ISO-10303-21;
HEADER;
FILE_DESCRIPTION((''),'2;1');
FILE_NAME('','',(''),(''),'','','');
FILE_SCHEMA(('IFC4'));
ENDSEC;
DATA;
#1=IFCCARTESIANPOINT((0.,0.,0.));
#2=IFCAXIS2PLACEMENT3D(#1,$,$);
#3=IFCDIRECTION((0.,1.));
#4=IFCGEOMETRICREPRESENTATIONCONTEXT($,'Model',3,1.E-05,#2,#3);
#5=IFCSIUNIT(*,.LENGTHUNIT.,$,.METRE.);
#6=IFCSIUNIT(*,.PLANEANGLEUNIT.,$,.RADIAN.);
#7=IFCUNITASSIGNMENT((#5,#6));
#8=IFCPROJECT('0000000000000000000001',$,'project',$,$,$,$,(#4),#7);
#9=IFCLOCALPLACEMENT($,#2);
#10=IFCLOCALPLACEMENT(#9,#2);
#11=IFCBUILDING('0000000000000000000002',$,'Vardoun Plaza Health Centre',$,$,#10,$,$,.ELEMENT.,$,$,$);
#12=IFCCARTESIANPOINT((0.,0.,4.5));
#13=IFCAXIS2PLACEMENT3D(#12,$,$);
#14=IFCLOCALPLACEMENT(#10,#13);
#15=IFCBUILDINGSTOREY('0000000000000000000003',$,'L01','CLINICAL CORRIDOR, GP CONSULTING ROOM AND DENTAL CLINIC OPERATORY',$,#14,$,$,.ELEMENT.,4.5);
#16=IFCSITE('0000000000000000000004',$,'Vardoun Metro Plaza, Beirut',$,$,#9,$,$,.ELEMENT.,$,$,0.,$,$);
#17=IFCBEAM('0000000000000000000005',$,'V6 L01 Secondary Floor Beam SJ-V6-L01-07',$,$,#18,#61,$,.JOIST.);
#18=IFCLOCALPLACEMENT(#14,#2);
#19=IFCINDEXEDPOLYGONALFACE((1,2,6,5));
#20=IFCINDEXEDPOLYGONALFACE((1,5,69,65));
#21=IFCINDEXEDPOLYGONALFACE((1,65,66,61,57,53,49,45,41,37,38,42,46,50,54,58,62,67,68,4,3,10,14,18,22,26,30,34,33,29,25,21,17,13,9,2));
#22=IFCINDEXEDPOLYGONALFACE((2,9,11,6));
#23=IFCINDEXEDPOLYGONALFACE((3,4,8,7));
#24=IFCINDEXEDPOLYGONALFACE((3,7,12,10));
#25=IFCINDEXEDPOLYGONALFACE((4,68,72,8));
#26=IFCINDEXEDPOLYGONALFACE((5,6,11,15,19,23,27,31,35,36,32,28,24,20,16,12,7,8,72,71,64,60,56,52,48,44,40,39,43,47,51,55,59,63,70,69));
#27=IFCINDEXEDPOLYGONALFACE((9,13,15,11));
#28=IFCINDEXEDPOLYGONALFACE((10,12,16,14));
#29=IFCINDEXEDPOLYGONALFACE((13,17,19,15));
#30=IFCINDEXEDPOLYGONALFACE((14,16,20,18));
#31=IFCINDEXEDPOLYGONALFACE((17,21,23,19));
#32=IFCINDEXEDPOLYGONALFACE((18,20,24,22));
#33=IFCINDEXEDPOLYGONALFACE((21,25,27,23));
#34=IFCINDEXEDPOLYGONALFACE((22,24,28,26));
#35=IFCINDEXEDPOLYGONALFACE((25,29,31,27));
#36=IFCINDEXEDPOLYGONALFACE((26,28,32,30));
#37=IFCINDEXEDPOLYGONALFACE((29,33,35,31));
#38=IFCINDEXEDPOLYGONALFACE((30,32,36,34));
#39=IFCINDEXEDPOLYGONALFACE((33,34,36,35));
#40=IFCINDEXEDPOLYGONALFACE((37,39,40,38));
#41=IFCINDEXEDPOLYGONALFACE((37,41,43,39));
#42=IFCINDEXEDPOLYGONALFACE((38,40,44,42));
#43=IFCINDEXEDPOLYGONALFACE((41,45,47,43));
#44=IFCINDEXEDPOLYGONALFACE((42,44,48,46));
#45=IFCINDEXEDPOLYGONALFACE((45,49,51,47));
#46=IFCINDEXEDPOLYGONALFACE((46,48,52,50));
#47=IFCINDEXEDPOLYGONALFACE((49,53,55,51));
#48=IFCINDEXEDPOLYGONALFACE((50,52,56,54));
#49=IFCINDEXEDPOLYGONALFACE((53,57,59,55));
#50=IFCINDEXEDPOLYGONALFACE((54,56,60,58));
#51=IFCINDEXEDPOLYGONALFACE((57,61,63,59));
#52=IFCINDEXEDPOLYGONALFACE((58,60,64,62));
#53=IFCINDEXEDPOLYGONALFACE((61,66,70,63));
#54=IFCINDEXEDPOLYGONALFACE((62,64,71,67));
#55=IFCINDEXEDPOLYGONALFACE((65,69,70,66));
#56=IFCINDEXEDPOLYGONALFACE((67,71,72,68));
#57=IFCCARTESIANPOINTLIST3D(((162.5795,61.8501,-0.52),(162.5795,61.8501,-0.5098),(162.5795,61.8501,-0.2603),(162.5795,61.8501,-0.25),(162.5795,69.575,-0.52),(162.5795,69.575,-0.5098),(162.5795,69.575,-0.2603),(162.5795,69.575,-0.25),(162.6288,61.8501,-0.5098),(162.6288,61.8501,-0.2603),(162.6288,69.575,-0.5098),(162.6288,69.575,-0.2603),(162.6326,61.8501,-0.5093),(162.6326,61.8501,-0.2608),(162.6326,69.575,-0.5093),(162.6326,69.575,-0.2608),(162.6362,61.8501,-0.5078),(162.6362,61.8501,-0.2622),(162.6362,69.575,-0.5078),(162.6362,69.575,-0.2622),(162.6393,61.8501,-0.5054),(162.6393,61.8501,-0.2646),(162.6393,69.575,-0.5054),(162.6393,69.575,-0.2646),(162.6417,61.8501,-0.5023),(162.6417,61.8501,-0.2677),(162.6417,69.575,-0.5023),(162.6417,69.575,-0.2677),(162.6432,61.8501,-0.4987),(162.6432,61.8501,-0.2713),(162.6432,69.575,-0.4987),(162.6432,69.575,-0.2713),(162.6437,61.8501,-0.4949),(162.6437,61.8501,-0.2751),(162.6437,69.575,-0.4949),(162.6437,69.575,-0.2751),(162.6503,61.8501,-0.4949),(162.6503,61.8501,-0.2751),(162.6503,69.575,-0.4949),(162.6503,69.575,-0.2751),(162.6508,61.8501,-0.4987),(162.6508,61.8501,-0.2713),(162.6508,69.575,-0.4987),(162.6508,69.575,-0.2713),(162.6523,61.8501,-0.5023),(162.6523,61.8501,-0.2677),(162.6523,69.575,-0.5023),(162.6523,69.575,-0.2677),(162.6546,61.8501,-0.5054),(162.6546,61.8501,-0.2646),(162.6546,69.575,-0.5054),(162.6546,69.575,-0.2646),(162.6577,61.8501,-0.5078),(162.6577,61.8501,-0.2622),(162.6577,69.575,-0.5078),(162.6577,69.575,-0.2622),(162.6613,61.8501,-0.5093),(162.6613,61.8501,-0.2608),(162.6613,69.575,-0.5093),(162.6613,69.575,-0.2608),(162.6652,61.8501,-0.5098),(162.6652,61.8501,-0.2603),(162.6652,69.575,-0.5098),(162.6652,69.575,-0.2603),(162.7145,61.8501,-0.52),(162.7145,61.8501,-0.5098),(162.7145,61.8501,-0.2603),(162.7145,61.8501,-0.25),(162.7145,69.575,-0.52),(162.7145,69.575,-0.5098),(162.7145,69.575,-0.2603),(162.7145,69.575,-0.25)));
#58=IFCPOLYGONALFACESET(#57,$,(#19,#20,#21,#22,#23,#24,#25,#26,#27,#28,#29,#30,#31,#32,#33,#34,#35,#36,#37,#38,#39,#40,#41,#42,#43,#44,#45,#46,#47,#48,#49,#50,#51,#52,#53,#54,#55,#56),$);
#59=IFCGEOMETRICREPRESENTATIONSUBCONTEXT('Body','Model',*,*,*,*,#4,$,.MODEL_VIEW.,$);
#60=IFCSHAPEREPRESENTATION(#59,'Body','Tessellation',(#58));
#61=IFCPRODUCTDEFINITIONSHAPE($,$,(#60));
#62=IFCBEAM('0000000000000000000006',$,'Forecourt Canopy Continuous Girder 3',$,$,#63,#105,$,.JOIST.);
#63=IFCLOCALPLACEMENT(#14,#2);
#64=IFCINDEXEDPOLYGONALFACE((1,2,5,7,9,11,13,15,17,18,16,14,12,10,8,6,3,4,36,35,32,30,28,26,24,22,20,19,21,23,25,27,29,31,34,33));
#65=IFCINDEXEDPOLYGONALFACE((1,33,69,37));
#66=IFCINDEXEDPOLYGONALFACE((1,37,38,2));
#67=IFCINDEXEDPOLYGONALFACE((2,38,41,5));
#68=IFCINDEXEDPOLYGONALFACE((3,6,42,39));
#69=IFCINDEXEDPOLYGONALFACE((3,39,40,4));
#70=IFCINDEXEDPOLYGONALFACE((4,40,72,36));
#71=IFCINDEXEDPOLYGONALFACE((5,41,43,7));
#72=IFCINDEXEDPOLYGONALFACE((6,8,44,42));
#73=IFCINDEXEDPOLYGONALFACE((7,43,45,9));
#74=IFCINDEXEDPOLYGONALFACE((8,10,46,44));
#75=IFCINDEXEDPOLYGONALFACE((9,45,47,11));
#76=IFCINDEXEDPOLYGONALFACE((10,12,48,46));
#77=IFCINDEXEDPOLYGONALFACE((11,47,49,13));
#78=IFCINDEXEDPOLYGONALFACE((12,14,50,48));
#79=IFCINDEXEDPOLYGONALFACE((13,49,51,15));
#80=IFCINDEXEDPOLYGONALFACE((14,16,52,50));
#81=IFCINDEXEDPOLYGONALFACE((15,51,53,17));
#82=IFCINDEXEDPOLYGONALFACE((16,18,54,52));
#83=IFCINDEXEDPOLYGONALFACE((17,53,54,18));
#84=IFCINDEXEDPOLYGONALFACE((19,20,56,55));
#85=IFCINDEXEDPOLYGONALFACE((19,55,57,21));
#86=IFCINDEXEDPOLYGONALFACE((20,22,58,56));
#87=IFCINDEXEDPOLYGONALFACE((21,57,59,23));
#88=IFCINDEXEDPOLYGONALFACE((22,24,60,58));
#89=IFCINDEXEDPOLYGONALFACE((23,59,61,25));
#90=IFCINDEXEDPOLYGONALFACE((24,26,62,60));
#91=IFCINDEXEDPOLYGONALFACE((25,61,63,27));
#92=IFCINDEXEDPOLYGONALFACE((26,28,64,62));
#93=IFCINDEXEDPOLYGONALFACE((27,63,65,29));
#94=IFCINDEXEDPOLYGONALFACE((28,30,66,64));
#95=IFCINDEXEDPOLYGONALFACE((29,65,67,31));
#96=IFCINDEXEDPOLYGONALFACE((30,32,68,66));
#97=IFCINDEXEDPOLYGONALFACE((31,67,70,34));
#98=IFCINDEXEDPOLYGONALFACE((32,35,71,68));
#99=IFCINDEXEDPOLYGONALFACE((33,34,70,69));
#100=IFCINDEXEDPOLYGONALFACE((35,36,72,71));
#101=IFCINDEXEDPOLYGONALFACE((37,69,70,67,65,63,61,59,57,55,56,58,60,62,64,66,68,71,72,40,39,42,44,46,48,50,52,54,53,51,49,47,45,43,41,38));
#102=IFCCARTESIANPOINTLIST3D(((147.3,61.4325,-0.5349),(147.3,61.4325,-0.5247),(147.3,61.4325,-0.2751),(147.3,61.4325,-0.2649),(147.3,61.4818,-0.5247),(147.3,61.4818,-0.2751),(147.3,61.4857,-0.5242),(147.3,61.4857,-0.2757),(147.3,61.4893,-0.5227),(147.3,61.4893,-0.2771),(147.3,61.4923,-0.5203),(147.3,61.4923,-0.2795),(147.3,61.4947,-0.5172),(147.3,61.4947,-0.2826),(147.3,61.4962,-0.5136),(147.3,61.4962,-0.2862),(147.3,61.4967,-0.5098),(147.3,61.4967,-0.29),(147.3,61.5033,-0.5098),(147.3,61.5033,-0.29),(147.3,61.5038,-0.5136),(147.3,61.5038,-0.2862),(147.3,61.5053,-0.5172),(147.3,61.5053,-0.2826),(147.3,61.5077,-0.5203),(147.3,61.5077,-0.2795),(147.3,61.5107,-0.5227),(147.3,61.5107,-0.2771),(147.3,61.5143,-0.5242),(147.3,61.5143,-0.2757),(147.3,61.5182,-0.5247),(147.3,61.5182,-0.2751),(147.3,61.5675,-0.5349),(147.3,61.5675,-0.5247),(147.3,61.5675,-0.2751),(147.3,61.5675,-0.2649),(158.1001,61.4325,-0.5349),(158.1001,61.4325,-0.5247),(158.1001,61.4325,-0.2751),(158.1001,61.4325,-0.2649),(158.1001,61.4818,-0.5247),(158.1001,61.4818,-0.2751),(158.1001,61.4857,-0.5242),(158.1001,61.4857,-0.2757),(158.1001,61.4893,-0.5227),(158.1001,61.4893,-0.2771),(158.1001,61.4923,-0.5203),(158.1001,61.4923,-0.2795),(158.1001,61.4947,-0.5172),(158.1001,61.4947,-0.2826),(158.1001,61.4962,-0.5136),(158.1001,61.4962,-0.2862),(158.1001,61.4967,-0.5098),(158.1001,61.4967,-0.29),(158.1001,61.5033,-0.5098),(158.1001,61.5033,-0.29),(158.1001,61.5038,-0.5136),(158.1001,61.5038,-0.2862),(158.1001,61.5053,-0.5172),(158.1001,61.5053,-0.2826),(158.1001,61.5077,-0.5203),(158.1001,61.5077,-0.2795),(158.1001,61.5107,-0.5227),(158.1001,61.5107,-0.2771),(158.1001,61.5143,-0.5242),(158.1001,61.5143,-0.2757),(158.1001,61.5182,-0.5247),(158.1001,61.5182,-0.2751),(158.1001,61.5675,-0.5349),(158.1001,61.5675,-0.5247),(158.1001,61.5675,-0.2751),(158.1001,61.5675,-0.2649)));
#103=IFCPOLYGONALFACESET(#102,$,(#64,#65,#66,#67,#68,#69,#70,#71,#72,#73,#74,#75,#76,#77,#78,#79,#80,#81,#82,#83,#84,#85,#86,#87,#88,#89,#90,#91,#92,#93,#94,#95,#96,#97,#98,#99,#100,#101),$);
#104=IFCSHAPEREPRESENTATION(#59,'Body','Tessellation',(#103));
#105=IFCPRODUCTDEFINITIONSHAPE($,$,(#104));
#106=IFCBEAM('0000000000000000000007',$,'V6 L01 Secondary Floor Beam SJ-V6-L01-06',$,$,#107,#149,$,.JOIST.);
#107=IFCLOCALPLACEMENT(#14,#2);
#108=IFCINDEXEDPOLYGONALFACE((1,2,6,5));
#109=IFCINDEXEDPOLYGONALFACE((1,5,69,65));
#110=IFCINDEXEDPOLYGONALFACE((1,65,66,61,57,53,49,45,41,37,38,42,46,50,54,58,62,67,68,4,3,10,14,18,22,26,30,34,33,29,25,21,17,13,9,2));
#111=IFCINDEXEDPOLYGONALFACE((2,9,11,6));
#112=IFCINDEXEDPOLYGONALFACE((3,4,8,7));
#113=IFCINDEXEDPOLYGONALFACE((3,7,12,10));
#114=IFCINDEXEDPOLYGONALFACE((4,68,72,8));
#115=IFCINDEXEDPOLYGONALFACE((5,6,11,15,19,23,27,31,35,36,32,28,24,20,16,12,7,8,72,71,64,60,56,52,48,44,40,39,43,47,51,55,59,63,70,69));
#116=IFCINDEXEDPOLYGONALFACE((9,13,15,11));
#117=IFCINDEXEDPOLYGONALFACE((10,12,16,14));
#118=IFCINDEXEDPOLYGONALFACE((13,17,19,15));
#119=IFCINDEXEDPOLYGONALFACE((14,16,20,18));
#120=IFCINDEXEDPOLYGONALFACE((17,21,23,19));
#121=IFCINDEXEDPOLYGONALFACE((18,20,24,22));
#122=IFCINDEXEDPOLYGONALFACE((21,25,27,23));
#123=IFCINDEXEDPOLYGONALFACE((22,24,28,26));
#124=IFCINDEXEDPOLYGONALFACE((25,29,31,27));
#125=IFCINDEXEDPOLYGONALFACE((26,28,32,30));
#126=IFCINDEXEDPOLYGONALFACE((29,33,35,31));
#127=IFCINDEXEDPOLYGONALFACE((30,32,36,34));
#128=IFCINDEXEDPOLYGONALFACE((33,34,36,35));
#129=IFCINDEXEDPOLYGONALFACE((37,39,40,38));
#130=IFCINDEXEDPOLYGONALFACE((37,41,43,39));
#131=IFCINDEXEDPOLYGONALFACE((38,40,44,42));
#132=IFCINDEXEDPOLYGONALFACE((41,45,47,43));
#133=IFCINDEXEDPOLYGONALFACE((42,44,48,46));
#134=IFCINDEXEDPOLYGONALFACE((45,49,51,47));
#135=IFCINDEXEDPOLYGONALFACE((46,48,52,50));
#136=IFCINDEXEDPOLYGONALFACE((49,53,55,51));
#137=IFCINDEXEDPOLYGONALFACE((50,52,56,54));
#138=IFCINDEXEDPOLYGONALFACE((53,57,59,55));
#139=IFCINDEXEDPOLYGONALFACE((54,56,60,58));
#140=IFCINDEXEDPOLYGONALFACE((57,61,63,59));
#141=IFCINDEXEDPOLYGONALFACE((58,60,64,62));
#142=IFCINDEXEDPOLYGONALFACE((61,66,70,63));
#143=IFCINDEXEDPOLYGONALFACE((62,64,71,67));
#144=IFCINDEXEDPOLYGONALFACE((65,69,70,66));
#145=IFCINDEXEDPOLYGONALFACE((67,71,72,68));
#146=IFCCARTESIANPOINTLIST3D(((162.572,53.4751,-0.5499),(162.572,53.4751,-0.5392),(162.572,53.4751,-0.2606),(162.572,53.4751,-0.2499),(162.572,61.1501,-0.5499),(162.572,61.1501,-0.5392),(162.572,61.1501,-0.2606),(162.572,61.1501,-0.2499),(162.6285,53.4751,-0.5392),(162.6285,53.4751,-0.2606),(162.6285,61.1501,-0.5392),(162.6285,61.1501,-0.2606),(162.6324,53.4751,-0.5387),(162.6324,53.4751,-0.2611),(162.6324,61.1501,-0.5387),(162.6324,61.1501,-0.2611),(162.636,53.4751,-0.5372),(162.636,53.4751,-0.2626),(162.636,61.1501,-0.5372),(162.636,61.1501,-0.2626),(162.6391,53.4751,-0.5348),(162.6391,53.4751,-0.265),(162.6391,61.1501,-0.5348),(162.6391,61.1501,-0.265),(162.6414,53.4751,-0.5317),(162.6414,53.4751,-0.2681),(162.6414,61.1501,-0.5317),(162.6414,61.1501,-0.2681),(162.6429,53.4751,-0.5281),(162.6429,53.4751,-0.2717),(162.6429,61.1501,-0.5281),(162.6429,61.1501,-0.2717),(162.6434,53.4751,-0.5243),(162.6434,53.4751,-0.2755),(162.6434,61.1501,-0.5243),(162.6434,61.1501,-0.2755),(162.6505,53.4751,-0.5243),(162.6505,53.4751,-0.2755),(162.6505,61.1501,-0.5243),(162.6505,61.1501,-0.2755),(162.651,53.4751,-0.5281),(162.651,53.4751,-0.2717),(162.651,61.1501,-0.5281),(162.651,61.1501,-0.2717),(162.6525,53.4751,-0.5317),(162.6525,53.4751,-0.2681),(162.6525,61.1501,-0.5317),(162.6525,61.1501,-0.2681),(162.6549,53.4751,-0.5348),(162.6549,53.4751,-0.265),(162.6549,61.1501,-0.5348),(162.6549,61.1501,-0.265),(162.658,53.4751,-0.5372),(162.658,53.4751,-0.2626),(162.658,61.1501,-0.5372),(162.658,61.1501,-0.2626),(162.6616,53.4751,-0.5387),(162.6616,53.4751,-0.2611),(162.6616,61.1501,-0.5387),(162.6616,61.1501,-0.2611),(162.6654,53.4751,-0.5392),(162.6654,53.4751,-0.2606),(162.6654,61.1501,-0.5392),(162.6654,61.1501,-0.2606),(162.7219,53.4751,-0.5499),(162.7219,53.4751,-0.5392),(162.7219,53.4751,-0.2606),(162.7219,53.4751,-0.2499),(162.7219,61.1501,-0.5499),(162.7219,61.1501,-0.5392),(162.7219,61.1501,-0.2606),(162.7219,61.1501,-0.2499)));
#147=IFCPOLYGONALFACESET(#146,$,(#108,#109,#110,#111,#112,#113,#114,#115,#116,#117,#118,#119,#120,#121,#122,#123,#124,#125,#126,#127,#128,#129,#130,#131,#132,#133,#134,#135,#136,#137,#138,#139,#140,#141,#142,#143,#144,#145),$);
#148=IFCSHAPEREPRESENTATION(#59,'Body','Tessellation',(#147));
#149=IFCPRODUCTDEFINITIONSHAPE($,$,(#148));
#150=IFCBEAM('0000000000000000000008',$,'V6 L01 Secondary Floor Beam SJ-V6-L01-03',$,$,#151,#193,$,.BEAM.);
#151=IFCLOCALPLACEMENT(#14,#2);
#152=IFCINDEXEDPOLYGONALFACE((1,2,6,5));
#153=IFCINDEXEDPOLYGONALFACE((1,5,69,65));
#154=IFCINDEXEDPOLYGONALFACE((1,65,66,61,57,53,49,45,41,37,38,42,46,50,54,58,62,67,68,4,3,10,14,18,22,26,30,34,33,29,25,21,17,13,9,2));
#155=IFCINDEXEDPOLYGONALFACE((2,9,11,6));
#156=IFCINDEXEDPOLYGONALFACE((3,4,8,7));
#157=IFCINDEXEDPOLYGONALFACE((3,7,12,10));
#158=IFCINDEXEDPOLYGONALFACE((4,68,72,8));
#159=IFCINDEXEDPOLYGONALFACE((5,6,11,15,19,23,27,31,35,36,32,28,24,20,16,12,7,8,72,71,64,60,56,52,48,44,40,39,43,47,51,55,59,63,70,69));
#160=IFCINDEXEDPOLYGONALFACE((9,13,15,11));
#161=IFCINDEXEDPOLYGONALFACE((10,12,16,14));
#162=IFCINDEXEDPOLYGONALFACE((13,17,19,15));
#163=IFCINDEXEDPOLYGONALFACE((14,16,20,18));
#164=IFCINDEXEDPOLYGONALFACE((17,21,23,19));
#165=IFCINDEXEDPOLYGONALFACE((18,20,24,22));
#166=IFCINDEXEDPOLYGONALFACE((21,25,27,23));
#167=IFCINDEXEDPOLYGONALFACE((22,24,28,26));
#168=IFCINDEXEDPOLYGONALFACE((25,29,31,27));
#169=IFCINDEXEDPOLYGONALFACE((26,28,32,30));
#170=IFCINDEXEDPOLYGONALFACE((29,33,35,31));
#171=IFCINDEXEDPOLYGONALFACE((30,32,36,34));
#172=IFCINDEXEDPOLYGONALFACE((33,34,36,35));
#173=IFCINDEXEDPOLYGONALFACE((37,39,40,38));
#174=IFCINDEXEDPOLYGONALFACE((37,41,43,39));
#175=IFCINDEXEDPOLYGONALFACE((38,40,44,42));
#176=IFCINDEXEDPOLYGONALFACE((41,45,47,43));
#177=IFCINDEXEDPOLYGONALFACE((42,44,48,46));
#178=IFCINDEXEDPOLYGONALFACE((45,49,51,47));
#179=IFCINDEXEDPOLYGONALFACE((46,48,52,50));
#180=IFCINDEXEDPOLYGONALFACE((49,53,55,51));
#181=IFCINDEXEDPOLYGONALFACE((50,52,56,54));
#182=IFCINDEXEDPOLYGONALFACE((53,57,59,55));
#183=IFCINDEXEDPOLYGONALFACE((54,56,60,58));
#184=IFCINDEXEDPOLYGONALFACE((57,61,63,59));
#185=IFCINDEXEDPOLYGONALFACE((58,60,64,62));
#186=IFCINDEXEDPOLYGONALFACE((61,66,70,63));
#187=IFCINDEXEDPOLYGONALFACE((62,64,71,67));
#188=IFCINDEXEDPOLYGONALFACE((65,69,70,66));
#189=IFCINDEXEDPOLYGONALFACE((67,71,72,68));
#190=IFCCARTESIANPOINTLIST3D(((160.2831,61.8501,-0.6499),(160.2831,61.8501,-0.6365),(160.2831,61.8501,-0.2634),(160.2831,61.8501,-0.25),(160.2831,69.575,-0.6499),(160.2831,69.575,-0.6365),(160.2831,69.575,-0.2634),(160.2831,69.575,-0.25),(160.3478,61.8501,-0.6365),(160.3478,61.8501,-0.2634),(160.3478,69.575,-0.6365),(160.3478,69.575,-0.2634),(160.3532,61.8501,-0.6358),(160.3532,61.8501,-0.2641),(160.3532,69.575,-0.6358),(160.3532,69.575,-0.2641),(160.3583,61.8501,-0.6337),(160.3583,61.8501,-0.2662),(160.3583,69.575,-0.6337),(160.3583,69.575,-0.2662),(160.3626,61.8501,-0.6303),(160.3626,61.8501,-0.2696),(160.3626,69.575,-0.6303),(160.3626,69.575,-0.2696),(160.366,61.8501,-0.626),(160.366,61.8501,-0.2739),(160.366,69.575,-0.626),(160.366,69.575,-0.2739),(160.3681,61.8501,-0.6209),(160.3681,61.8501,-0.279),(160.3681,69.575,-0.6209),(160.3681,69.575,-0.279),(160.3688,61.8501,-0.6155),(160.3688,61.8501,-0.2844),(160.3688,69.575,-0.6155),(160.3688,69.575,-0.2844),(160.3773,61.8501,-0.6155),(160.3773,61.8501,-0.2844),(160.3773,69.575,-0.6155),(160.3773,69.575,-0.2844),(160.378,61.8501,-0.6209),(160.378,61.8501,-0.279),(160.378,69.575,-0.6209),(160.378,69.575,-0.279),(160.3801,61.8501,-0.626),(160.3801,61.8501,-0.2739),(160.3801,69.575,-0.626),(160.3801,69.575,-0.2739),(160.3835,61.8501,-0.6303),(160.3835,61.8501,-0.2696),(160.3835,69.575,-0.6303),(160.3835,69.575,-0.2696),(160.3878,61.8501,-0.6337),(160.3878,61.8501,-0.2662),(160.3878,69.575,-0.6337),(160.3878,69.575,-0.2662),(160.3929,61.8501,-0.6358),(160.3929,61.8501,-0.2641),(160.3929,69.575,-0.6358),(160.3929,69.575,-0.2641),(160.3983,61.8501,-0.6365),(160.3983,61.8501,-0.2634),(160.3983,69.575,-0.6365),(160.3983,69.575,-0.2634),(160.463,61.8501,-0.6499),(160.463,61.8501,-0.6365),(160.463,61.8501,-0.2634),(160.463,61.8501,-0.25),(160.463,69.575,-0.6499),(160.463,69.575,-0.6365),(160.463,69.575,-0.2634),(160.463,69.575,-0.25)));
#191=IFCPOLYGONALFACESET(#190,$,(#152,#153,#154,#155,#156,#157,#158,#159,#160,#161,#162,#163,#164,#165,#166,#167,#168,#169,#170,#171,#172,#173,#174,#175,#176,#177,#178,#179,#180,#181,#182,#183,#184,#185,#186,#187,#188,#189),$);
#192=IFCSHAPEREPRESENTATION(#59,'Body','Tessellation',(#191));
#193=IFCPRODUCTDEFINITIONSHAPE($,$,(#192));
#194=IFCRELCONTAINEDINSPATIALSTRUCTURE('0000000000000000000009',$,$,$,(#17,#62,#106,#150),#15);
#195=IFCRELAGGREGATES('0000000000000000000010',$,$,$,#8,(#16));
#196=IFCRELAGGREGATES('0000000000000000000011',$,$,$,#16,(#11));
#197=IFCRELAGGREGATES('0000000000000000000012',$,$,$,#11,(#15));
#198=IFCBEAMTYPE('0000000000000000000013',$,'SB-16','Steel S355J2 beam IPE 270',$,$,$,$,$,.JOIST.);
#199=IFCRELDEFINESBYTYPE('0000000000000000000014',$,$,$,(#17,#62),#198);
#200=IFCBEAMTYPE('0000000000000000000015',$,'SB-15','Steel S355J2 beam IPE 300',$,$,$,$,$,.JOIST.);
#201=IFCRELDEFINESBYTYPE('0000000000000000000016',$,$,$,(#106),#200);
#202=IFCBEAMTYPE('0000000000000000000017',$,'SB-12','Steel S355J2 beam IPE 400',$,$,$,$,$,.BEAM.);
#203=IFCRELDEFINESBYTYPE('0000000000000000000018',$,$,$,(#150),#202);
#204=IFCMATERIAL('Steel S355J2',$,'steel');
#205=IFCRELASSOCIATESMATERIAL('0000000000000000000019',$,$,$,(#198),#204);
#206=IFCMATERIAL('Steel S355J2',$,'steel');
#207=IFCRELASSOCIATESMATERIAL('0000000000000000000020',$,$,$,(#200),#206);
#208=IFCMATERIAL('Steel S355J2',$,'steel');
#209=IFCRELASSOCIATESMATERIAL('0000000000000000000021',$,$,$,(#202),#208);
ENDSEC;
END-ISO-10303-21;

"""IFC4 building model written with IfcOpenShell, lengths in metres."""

from ifc_helpers import new_model, si_unit, direction, frame, origin, origin_2d, place, context, subcontext, project, spatial, i_section, extrude, material, material_profile, profile_set, type_object, element, save


model = new_model("IFC4")

# Units and contexts
model_context = context("Model", 3, precision=1e-05, world=origin(), true_north=direction((0.0, 1.0)))
body_context = subcontext(model_context, "Body", "Model", "MODEL_VIEW")
ifc_project = project(units=[si_unit("LENGTHUNIT", "METRE"), si_unit("PLANEANGLEUNIT", "RADIAN")], contexts=[model_context])

# Site, building, storey
site_placement = place(None, origin())
site = spatial("IfcSite", under=ifc_project, at=site_placement, Name="Vardoun Metro Plaza, Beirut", CompositionType="ELEMENT", RefElevation=0.0)
building_placement = place(site_placement, origin())
building = spatial("IfcBuilding", under=site, at=building_placement, Name="Vardoun Plaza Health Centre", CompositionType="ELEMENT")
storey_placement = place(building_placement, frame((0.0, 0.0, 4.5)))
storey = spatial("IfcBuildingStorey", under=building, at=storey_placement, Name="L01", Description="CLINICAL CORRIDOR, GP CONSULTING ROOM AND DENTAL CLINIC OPERATORY", CompositionType="ELEMENT", Elevation=4.5)

# Beams
ifc_material_1 = material(Name="Steel S355J2", Category="steel")
ifc_material_profile_1 = material_profile(ifc_material_1, i_section(OverallWidth=0.135, OverallDepth=0.27, WebThickness=0.0066, FlangeThickness=0.0103, FilletRadius=0.0149, at=origin_2d()), Name="IPE 270")
ifc_profile_set_1 = profile_set([ifc_material_profile_1], Name="Steel S355J2")
beam_type_1 = type_object("IfcBeamType", Name="SB-16", Description="Steel S355J2 beam IPE 270", PredefinedType="JOIST", material=ifc_profile_set_1)
beam_1_placement = place(storey_placement, frame((162.647, 61.8501, -0.385), z_axis=(0.0, 1.0, 0.0), x_axis=(-1.0, 0.0, 0.0)))
element("IfcBeam", 1, at=beam_1_placement, inside=storey, type_object=beam_type_1, Name="V6 L01 Secondary Floor Beam SJ-V6-L01-07", PredefinedType="JOIST", context=body_context, shape_type="SweptSolid", body=[
    extrude(i_section(OverallWidth=0.135, OverallDepth=0.27, WebThickness=0.0066, FlangeThickness=0.0103, FilletRadius=0.0149, at=origin_2d()), origin(), (0.0, 0.0, 1.0), 7.7249),
])
beam_2_placement = place(storey_placement, frame((158.1001, 61.5, -0.3999), z_axis=(-1.0, 0.0, 0.0), x_axis=(0.0, -1.0, 0.0)))
element("IfcBeam", 2, at=beam_2_placement, inside=storey, type_object=beam_type_1, Name="Forecourt Canopy Continuous Girder 3", PredefinedType="JOIST", context=body_context, shape_type="SweptSolid", body=[
    extrude(i_section(OverallWidth=0.135, OverallDepth=0.27, WebThickness=0.0066, FlangeThickness=0.0103, FilletRadius=0.0149, at=origin_2d()), origin(), (0.0, 0.0, 1.0), 10.8),
])
ifc_material_2 = material(Name="Steel S355J2", Category="steel")
ifc_material_profile_2 = material_profile(ifc_material_2, i_section(OverallWidth=0.1499, OverallDepth=0.3, WebThickness=0.0071, FlangeThickness=0.0107, FilletRadius=0.0149, at=origin_2d()), Name="IPE 300")
ifc_profile_set_2 = profile_set([ifc_material_profile_2], Name="Steel S355J2")
beam_type_2 = type_object("IfcBeamType", Name="SB-15", Description="Steel S355J2 beam IPE 300", PredefinedType="JOIST", material=ifc_profile_set_2)
beam_3_placement = place(storey_placement, frame((162.647, 53.4751, -0.3999), z_axis=(0.0, 1.0, 0.0), x_axis=(-1.0, 0.0, 0.0)))
element("IfcBeam", 3, at=beam_3_placement, inside=storey, type_object=beam_type_2, Name="V6 L01 Secondary Floor Beam SJ-V6-L01-06", PredefinedType="JOIST", context=body_context, shape_type="SweptSolid", body=[
    extrude(i_section(OverallWidth=0.1499, OverallDepth=0.3, WebThickness=0.0071, FlangeThickness=0.0107, FilletRadius=0.0149, at=origin_2d()), origin(), (0.0, 0.0, 1.0), 7.675),
])
ifc_material_3 = material(Name="Steel S355J2", Category="steel")
ifc_material_profile_3 = material_profile(ifc_material_3, i_section(OverallWidth=0.1799, OverallDepth=0.3999, WebThickness=0.0085, FlangeThickness=0.0134, FilletRadius=0.021, at=origin_2d()), Name="IPE 400")
ifc_profile_set_3 = profile_set([ifc_material_profile_3], Name="Steel S355J2")
beam_type_3 = type_object("IfcBeamType", Name="SB-12", Description="Steel S355J2 beam IPE 400", PredefinedType="BEAM", material=ifc_profile_set_3)
beam_4_placement = place(storey_placement, frame((160.373, 61.8501, -0.45), z_axis=(0.0, 1.0, 0.0), x_axis=(-1.0, 0.0, 0.0)))
element("IfcBeam", 4, at=beam_4_placement, inside=storey, type_object=beam_type_3, Name="V6 L01 Secondary Floor Beam SJ-V6-L01-03", PredefinedType="BEAM", context=body_context, shape_type="SweptSolid", body=[
    extrude(i_section(OverallWidth=0.1799, OverallDepth=0.3999, WebThickness=0.0085, FlangeThickness=0.0134, FilletRadius=0.021, at=origin_2d()), origin(), (0.0, 0.0, 1.0), 7.7249),
])

save(model, "model.ifc")
